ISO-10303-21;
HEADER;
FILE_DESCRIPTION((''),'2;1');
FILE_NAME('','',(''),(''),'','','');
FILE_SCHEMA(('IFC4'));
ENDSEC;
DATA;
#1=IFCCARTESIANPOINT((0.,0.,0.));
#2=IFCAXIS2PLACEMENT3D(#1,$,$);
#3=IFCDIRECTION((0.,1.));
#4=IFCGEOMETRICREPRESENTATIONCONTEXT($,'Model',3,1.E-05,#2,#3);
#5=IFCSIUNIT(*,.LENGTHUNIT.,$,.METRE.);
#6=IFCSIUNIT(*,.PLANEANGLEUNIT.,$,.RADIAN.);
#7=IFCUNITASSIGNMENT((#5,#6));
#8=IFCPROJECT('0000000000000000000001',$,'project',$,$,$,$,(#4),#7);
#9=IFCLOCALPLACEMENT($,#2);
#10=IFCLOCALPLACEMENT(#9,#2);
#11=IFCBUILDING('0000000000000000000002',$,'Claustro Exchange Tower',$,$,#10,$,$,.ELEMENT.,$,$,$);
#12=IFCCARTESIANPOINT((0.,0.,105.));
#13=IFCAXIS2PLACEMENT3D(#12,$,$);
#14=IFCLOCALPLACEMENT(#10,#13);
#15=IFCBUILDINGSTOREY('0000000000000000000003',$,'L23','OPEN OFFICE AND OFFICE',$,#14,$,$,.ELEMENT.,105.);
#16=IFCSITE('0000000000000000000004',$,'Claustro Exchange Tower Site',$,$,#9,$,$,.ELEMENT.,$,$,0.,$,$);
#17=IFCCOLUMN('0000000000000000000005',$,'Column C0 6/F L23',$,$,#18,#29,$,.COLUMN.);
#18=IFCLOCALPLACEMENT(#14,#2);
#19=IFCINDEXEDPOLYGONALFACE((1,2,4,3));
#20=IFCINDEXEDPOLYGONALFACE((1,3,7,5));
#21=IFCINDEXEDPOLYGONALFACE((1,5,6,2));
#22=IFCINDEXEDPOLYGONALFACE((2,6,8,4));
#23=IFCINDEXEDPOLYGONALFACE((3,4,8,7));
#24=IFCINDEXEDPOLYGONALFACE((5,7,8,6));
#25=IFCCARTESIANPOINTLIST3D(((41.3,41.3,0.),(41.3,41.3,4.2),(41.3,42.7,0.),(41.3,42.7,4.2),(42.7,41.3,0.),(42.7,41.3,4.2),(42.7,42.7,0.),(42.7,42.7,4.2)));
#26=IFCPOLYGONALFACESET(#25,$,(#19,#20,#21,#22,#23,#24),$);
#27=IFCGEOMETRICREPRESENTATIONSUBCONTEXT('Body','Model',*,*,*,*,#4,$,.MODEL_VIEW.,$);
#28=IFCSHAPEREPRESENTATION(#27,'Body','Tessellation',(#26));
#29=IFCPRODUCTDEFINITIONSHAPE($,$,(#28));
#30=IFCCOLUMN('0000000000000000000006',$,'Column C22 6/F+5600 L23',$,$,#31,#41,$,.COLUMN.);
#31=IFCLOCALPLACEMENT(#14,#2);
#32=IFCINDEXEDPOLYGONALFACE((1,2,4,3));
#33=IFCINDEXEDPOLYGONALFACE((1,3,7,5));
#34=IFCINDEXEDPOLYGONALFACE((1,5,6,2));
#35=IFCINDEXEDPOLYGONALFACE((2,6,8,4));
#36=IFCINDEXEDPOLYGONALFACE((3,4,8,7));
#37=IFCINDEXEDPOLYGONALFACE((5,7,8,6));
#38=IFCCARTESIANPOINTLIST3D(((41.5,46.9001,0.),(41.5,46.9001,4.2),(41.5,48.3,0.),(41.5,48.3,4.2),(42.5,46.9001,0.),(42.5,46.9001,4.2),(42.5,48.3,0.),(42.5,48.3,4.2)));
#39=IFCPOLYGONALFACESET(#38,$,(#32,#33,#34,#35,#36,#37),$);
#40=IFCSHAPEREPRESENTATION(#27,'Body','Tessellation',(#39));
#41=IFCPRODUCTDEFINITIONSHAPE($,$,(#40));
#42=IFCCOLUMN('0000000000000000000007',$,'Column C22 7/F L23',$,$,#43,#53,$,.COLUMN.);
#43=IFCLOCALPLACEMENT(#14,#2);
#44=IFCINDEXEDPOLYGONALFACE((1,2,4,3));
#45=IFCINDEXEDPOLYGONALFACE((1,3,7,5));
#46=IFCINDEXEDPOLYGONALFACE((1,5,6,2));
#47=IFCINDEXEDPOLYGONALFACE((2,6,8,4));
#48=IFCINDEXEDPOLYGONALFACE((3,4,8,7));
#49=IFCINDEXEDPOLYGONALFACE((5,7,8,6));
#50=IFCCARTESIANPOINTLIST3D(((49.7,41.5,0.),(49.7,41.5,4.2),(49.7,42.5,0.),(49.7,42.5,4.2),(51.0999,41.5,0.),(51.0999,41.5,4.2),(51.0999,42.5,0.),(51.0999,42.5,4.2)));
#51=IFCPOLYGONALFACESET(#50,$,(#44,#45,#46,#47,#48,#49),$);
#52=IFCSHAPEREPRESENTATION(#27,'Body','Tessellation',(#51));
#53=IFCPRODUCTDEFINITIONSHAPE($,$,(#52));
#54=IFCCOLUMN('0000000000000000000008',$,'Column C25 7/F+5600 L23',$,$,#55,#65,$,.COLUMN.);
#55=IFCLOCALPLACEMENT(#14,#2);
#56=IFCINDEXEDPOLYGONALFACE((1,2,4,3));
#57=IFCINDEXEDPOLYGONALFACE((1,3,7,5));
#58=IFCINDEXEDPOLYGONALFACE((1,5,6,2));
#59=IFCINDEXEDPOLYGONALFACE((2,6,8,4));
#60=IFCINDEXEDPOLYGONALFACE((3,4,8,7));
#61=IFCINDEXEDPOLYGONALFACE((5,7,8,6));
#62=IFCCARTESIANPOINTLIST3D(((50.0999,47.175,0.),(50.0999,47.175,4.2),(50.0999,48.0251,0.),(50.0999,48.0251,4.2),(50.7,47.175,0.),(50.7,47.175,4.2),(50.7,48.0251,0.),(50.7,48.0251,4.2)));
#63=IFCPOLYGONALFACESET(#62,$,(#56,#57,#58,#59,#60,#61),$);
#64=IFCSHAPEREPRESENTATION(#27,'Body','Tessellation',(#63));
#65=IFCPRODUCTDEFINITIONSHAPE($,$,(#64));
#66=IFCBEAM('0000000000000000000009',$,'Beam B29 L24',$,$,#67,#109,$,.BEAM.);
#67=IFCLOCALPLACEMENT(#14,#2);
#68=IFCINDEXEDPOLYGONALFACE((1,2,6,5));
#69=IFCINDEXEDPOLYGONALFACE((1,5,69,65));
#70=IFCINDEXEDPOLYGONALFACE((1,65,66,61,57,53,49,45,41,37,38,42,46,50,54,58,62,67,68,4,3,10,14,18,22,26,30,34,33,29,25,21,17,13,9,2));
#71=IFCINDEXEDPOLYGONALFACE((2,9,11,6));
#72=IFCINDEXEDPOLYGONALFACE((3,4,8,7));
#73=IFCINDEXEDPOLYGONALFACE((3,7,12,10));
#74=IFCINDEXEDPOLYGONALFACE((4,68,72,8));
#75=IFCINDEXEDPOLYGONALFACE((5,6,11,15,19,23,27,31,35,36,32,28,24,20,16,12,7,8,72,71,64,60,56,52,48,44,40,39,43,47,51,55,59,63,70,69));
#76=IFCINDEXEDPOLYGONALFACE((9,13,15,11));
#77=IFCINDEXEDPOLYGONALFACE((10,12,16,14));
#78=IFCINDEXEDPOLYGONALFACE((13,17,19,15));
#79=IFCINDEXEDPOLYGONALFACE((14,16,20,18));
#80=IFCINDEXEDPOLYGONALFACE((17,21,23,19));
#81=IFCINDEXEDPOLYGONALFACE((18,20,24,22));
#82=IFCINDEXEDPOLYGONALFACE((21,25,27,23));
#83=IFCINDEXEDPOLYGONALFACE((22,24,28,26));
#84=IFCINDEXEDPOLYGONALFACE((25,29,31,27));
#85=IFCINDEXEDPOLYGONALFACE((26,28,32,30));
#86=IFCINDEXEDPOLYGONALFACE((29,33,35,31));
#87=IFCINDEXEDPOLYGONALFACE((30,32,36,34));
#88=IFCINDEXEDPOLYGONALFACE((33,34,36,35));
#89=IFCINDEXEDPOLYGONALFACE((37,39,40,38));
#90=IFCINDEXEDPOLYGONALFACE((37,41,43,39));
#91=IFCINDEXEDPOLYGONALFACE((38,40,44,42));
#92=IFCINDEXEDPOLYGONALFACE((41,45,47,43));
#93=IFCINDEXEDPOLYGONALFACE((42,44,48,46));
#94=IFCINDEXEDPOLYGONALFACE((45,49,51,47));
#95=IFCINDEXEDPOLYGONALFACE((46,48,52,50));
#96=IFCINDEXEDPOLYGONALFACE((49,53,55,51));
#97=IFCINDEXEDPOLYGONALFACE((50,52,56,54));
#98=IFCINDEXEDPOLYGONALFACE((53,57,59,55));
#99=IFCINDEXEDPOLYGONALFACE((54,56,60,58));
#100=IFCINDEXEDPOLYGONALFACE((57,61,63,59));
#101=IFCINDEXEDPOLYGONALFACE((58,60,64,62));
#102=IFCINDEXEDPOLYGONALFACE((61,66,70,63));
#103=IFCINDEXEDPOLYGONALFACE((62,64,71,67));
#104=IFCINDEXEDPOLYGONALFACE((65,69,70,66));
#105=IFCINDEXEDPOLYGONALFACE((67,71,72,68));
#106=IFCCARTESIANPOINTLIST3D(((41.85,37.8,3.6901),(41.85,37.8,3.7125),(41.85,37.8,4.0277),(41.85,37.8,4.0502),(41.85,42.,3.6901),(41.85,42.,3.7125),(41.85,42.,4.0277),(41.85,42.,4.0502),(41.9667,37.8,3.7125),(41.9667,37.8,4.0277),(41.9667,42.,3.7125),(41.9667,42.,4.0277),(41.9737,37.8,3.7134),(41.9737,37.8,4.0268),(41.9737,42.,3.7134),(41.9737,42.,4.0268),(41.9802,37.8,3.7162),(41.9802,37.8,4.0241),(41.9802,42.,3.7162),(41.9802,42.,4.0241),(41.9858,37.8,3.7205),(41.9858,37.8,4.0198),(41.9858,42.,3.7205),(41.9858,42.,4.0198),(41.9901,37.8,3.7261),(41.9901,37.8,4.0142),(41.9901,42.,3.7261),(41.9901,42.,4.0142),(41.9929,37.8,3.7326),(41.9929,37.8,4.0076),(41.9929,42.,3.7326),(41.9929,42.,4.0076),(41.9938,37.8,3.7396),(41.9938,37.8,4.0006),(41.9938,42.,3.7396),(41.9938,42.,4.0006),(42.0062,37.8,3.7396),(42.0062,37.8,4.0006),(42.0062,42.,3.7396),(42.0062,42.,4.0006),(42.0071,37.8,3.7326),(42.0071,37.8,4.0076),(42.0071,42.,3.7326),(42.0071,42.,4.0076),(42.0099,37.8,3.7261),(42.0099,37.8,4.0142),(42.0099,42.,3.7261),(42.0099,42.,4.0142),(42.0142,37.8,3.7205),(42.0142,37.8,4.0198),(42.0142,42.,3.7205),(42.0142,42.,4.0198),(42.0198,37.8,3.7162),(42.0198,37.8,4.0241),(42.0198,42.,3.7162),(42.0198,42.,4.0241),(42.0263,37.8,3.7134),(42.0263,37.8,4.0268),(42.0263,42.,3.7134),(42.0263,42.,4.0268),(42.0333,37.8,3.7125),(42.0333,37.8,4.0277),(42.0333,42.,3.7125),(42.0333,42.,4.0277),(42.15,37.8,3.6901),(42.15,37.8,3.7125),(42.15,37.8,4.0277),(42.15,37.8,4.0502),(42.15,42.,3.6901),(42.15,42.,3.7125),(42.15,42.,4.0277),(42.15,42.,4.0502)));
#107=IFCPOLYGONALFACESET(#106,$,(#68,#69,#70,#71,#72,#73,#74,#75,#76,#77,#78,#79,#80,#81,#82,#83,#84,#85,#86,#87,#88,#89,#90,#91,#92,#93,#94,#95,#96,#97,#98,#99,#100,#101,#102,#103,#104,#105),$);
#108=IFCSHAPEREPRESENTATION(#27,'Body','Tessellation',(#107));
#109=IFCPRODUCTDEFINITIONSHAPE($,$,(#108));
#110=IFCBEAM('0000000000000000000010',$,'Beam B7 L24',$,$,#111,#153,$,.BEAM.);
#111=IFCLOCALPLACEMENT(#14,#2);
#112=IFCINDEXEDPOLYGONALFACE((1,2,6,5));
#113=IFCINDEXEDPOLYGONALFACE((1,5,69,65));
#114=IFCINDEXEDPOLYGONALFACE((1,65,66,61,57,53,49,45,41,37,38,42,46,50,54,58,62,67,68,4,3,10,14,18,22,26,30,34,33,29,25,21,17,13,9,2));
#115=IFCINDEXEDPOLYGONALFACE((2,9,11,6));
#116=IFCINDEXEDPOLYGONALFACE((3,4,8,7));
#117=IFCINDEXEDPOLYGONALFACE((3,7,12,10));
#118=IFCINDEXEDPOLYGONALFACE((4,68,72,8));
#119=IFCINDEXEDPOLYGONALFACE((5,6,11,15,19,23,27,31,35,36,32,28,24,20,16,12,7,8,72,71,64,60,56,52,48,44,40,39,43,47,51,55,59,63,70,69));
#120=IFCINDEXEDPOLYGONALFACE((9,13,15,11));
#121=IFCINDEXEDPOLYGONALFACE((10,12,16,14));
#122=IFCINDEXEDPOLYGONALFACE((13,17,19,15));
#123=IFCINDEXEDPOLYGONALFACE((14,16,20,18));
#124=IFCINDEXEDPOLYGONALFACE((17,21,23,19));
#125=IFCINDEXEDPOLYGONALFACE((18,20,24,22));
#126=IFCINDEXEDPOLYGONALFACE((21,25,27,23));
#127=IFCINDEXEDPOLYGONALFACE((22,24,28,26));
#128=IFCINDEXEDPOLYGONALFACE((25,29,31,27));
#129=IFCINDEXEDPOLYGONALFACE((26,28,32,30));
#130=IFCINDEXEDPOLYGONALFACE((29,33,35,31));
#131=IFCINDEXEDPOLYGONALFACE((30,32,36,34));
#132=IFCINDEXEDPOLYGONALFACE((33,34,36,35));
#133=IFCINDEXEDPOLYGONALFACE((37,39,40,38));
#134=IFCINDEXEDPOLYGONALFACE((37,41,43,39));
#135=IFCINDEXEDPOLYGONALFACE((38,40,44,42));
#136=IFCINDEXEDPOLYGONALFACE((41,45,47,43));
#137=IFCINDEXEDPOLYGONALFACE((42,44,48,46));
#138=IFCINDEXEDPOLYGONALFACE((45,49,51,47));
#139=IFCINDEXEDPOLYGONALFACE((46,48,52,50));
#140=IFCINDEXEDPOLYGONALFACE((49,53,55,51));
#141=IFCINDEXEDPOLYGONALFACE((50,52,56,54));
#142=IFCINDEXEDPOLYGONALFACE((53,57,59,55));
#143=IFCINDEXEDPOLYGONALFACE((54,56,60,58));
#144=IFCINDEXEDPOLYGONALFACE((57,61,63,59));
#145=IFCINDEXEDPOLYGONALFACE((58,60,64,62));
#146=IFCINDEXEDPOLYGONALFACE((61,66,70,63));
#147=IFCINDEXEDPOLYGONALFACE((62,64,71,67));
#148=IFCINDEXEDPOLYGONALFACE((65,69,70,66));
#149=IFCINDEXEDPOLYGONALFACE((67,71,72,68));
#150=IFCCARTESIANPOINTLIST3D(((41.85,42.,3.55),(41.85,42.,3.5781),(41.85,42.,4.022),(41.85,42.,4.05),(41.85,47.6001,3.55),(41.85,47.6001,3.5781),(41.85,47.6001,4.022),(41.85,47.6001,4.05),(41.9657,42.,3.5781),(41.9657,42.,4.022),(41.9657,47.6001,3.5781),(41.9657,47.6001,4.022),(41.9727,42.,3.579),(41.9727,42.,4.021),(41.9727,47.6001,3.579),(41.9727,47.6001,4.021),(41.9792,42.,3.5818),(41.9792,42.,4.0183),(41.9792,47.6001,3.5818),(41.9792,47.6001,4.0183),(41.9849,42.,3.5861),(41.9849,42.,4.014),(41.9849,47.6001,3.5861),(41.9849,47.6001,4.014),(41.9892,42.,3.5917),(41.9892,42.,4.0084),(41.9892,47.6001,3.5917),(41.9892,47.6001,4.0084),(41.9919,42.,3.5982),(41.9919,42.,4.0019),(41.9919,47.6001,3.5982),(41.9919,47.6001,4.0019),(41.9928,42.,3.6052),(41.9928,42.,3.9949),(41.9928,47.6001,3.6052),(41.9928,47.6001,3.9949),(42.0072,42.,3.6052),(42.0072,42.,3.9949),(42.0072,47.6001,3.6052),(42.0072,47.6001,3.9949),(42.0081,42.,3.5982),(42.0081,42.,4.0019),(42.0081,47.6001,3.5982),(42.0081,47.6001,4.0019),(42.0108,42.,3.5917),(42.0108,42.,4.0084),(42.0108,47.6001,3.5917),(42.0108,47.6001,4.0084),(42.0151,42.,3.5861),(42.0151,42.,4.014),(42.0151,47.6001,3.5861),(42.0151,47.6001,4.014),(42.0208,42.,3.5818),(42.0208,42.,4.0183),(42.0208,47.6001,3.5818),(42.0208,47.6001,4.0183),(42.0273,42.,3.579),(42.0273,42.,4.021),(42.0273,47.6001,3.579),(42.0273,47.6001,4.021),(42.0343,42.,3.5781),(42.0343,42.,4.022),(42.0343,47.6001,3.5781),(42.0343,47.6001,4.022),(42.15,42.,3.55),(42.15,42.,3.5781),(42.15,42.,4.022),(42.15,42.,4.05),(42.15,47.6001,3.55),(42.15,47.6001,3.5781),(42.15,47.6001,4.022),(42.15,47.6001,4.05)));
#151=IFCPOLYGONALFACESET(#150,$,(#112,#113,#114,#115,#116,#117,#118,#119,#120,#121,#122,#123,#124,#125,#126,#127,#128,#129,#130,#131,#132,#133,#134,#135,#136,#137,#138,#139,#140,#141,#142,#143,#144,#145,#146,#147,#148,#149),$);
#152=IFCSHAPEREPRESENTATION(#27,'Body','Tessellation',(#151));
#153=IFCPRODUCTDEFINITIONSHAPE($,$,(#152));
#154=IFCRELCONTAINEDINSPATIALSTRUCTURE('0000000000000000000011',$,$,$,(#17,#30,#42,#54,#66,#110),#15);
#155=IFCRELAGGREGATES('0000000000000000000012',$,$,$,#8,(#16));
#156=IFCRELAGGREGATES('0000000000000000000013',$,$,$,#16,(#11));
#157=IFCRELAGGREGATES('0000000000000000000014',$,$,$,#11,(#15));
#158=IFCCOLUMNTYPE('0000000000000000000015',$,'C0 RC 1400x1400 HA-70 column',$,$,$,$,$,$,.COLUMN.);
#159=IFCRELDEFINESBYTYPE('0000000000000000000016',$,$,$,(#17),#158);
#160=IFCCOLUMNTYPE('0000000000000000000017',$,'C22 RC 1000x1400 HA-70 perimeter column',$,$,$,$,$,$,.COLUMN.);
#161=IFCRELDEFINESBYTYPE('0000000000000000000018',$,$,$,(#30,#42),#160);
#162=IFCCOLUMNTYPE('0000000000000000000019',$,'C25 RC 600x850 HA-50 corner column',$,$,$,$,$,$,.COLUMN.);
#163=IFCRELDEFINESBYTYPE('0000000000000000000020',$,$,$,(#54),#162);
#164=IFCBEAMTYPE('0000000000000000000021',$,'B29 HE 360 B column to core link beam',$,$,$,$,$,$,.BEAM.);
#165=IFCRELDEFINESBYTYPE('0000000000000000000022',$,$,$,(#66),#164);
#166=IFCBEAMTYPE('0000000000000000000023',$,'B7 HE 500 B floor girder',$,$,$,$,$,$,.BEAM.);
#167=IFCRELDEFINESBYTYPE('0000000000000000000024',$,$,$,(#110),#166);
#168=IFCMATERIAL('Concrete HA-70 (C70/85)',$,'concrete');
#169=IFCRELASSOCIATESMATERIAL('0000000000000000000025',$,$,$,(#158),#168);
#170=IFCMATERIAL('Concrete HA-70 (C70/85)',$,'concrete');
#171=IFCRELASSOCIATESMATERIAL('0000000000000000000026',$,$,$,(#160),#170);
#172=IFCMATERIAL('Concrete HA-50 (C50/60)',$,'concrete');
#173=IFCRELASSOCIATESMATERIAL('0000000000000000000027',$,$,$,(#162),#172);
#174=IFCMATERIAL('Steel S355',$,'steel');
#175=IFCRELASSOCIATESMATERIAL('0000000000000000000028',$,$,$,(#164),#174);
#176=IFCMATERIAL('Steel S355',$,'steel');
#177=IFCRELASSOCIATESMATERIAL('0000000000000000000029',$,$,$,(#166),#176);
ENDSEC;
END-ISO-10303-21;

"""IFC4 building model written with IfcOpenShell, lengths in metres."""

from ifc_helpers import new_model, si_unit, direction, frame, origin, origin_2d, place, context, subcontext, project, spatial, rectangle, i_section, extrude, material, material_profile, profile_set, type_object, element, save


model = new_model("IFC4")

# Units and contexts
model_context = context("Model", 3, precision=1e-05, world=origin(), true_north=direction((0.0, 1.0)))
body_context = subcontext(model_context, "Body", "Model", "MODEL_VIEW")
ifc_project = project(units=[si_unit("LENGTHUNIT", "METRE"), si_unit("PLANEANGLEUNIT", "RADIAN")], contexts=[model_context])

# Site, building, storey
site_placement = place(None, origin())
site = spatial("IfcSite", under=ifc_project, at=site_placement, Name="Claustro Exchange Tower Site", CompositionType="ELEMENT", RefElevation=0.0)
building_placement = place(site_placement, origin())
building = spatial("IfcBuilding", under=site, at=building_placement, Name="Claustro Exchange Tower", CompositionType="ELEMENT")
storey_placement = place(building_placement, frame((0.0, 0.0, 105.0)))
storey = spatial("IfcBuildingStorey", under=building, at=storey_placement, Name="L23", Description="OPEN OFFICE AND OFFICE", CompositionType="ELEMENT", Elevation=105.0)

# Columns
ifc_material_1 = material(Name="Concrete HA-70 (C70/85)", Category="concrete")
ifc_material_profile_1 = material_profile(ifc_material_1, rectangle(XDim=1.3999, YDim=1.3999, at=origin_2d()), Name="RC 1400x1400")
ifc_profile_set_1 = profile_set([ifc_material_profile_1], Name="Concrete HA-70 (C70/85)")
column_type_1 = type_object("IfcColumnType", Name="C0 RC 1400x1400 HA-70 column", PredefinedType="COLUMN", material=ifc_profile_set_1)
column_1_placement = place(storey_placement, frame((42.0, 42.0, 0.0), z_axis=(0.0, 0.0, 1.0), x_axis=(1.0, 0.0, 0.0)))
element("IfcColumn", 1, at=column_1_placement, inside=storey, type_object=column_type_1, Name="Column C0 6/F L23", PredefinedType="COLUMN", context=body_context, shape_type="SweptSolid", body=[
    extrude(rectangle(XDim=1.3999, YDim=1.3999, at=origin_2d()), origin(), (0.0, 0.0, 1.0), 4.2),
])
ifc_material_2 = material(Name="Concrete HA-70 (C70/85)", Category="concrete")
ifc_material_profile_2 = material_profile(ifc_material_2, rectangle(XDim=1.0, YDim=1.3999, at=origin_2d()), Name="RC 1000x1400")
ifc_profile_set_2 = profile_set([ifc_material_profile_2], Name="Concrete HA-70 (C70/85)")
column_type_2 = type_object("IfcColumnType", Name="C22 RC 1000x1400 HA-70 perimeter column", PredefinedType="COLUMN", material=ifc_profile_set_2)
for number, where, z_axis, x_axis, name in (
    (2, (42.0, 47.6001, 0.0), (0.0, 0.0, 1.0), (1.0, 0.0, 0.0), "Column C22 6/F+5600 L23"),
    (3, (50.3999, 42.0, 0.0), (0.0, 0.0, 1.0), (0.0, 1.0, 0.0), "Column C22 7/F L23"),
):
    element("IfcColumn", number, at=place(storey_placement, frame(where, z_axis=z_axis, x_axis=x_axis)), inside=storey, type_object=column_type_2, Name=name, PredefinedType="COLUMN", context=body_context, shape_type="SweptSolid", body=[
        extrude(rectangle(XDim=1.0, YDim=1.3999, at=origin_2d()), origin(), (0.0, 0.0, 1.0), 4.2),
    ])
ifc_material_3 = material(Name="Concrete HA-50 (C50/60)", Category="concrete")
ifc_material_profile_3 = material_profile(ifc_material_3, rectangle(XDim=0.6001, YDim=0.8501, at=origin_2d()), Name="RC 600x850")
ifc_profile_set_3 = profile_set([ifc_material_profile_3], Name="Concrete HA-50 (C50/60)")
column_type_3 = type_object("IfcColumnType", Name="C25 RC 600x850 HA-50 corner column", PredefinedType="COLUMN", material=ifc_profile_set_3)
column_2_placement = place(storey_placement, frame((50.3999, 47.6001, 0.0), z_axis=(0.0, 0.0, 1.0), x_axis=(1.0, 0.0, 0.0)))
element("IfcColumn", 4, at=column_2_placement, inside=storey, type_object=column_type_3, Name="Column C25 7/F+5600 L23", PredefinedType="COLUMN", context=body_context, shape_type="SweptSolid", body=[
    extrude(rectangle(XDim=0.6001, YDim=0.8501, at=origin_2d()), origin(), (0.0, 0.0, 1.0), 4.2),
])

# Beams
ifc_material_4 = material(Name="Steel S355", Category="steel")
ifc_material_profile_4 = material_profile(ifc_material_4, i_section(OverallWidth=0.3, OverallDepth=0.3601, WebThickness=0.0125, FlangeThickness=0.0225, FilletRadius=0.0271, at=origin_2d()), Name="HE 360 B")
ifc_profile_set_4 = profile_set([ifc_material_profile_4], Name="Steel S355")
beam_type_1 = type_object("IfcBeamType", Name="B29 HE 360 B column to core link beam", PredefinedType="BEAM", material=ifc_profile_set_4)
beam_1_placement = place(storey_placement, frame((42.0, 37.8, 3.8701), z_axis=(0.0, 1.0, 0.0), x_axis=(-1.0, 0.0, 0.0)))
element("IfcBeam", 5, at=beam_1_placement, inside=storey, type_object=beam_type_1, Name="Beam B29 L24", PredefinedType="BEAM", context=body_context, shape_type="SweptSolid", body=[
    extrude(i_section(OverallWidth=0.3, OverallDepth=0.3601, WebThickness=0.0125, FlangeThickness=0.0225, FilletRadius=0.0271, at=origin_2d()), origin(), (0.0, 0.0, 1.0), 4.2),
])
ifc_material_5 = material(Name="Steel S355", Category="steel")
ifc_material_profile_5 = material_profile(ifc_material_5, i_section(OverallWidth=0.3, OverallDepth=0.5, WebThickness=0.0144, FlangeThickness=0.0281, FilletRadius=0.0271, at=origin_2d()), Name="HE 500 B")
ifc_profile_set_5 = profile_set([ifc_material_profile_5], Name="Steel S355")
beam_type_2 = type_object("IfcBeamType", Name="B7 HE 500 B floor girder", PredefinedType="BEAM", material=ifc_profile_set_5)
beam_2_placement = place(storey_placement, frame((42.0, 42.0, 3.8), z_axis=(0.0, 1.0, 0.0), x_axis=(-1.0, 0.0, 0.0)))
element("IfcBeam", 6, at=beam_2_placement, inside=storey, type_object=beam_type_2, Name="Beam B7 L24", PredefinedType="BEAM", context=body_context, shape_type="SweptSolid", body=[
    extrude(i_section(OverallWidth=0.3, OverallDepth=0.5, WebThickness=0.0144, FlangeThickness=0.0281, FilletRadius=0.0271, at=origin_2d()), origin(), (0.0, 0.0, 1.0), 5.6001),
])

save(model, "model.ifc")
